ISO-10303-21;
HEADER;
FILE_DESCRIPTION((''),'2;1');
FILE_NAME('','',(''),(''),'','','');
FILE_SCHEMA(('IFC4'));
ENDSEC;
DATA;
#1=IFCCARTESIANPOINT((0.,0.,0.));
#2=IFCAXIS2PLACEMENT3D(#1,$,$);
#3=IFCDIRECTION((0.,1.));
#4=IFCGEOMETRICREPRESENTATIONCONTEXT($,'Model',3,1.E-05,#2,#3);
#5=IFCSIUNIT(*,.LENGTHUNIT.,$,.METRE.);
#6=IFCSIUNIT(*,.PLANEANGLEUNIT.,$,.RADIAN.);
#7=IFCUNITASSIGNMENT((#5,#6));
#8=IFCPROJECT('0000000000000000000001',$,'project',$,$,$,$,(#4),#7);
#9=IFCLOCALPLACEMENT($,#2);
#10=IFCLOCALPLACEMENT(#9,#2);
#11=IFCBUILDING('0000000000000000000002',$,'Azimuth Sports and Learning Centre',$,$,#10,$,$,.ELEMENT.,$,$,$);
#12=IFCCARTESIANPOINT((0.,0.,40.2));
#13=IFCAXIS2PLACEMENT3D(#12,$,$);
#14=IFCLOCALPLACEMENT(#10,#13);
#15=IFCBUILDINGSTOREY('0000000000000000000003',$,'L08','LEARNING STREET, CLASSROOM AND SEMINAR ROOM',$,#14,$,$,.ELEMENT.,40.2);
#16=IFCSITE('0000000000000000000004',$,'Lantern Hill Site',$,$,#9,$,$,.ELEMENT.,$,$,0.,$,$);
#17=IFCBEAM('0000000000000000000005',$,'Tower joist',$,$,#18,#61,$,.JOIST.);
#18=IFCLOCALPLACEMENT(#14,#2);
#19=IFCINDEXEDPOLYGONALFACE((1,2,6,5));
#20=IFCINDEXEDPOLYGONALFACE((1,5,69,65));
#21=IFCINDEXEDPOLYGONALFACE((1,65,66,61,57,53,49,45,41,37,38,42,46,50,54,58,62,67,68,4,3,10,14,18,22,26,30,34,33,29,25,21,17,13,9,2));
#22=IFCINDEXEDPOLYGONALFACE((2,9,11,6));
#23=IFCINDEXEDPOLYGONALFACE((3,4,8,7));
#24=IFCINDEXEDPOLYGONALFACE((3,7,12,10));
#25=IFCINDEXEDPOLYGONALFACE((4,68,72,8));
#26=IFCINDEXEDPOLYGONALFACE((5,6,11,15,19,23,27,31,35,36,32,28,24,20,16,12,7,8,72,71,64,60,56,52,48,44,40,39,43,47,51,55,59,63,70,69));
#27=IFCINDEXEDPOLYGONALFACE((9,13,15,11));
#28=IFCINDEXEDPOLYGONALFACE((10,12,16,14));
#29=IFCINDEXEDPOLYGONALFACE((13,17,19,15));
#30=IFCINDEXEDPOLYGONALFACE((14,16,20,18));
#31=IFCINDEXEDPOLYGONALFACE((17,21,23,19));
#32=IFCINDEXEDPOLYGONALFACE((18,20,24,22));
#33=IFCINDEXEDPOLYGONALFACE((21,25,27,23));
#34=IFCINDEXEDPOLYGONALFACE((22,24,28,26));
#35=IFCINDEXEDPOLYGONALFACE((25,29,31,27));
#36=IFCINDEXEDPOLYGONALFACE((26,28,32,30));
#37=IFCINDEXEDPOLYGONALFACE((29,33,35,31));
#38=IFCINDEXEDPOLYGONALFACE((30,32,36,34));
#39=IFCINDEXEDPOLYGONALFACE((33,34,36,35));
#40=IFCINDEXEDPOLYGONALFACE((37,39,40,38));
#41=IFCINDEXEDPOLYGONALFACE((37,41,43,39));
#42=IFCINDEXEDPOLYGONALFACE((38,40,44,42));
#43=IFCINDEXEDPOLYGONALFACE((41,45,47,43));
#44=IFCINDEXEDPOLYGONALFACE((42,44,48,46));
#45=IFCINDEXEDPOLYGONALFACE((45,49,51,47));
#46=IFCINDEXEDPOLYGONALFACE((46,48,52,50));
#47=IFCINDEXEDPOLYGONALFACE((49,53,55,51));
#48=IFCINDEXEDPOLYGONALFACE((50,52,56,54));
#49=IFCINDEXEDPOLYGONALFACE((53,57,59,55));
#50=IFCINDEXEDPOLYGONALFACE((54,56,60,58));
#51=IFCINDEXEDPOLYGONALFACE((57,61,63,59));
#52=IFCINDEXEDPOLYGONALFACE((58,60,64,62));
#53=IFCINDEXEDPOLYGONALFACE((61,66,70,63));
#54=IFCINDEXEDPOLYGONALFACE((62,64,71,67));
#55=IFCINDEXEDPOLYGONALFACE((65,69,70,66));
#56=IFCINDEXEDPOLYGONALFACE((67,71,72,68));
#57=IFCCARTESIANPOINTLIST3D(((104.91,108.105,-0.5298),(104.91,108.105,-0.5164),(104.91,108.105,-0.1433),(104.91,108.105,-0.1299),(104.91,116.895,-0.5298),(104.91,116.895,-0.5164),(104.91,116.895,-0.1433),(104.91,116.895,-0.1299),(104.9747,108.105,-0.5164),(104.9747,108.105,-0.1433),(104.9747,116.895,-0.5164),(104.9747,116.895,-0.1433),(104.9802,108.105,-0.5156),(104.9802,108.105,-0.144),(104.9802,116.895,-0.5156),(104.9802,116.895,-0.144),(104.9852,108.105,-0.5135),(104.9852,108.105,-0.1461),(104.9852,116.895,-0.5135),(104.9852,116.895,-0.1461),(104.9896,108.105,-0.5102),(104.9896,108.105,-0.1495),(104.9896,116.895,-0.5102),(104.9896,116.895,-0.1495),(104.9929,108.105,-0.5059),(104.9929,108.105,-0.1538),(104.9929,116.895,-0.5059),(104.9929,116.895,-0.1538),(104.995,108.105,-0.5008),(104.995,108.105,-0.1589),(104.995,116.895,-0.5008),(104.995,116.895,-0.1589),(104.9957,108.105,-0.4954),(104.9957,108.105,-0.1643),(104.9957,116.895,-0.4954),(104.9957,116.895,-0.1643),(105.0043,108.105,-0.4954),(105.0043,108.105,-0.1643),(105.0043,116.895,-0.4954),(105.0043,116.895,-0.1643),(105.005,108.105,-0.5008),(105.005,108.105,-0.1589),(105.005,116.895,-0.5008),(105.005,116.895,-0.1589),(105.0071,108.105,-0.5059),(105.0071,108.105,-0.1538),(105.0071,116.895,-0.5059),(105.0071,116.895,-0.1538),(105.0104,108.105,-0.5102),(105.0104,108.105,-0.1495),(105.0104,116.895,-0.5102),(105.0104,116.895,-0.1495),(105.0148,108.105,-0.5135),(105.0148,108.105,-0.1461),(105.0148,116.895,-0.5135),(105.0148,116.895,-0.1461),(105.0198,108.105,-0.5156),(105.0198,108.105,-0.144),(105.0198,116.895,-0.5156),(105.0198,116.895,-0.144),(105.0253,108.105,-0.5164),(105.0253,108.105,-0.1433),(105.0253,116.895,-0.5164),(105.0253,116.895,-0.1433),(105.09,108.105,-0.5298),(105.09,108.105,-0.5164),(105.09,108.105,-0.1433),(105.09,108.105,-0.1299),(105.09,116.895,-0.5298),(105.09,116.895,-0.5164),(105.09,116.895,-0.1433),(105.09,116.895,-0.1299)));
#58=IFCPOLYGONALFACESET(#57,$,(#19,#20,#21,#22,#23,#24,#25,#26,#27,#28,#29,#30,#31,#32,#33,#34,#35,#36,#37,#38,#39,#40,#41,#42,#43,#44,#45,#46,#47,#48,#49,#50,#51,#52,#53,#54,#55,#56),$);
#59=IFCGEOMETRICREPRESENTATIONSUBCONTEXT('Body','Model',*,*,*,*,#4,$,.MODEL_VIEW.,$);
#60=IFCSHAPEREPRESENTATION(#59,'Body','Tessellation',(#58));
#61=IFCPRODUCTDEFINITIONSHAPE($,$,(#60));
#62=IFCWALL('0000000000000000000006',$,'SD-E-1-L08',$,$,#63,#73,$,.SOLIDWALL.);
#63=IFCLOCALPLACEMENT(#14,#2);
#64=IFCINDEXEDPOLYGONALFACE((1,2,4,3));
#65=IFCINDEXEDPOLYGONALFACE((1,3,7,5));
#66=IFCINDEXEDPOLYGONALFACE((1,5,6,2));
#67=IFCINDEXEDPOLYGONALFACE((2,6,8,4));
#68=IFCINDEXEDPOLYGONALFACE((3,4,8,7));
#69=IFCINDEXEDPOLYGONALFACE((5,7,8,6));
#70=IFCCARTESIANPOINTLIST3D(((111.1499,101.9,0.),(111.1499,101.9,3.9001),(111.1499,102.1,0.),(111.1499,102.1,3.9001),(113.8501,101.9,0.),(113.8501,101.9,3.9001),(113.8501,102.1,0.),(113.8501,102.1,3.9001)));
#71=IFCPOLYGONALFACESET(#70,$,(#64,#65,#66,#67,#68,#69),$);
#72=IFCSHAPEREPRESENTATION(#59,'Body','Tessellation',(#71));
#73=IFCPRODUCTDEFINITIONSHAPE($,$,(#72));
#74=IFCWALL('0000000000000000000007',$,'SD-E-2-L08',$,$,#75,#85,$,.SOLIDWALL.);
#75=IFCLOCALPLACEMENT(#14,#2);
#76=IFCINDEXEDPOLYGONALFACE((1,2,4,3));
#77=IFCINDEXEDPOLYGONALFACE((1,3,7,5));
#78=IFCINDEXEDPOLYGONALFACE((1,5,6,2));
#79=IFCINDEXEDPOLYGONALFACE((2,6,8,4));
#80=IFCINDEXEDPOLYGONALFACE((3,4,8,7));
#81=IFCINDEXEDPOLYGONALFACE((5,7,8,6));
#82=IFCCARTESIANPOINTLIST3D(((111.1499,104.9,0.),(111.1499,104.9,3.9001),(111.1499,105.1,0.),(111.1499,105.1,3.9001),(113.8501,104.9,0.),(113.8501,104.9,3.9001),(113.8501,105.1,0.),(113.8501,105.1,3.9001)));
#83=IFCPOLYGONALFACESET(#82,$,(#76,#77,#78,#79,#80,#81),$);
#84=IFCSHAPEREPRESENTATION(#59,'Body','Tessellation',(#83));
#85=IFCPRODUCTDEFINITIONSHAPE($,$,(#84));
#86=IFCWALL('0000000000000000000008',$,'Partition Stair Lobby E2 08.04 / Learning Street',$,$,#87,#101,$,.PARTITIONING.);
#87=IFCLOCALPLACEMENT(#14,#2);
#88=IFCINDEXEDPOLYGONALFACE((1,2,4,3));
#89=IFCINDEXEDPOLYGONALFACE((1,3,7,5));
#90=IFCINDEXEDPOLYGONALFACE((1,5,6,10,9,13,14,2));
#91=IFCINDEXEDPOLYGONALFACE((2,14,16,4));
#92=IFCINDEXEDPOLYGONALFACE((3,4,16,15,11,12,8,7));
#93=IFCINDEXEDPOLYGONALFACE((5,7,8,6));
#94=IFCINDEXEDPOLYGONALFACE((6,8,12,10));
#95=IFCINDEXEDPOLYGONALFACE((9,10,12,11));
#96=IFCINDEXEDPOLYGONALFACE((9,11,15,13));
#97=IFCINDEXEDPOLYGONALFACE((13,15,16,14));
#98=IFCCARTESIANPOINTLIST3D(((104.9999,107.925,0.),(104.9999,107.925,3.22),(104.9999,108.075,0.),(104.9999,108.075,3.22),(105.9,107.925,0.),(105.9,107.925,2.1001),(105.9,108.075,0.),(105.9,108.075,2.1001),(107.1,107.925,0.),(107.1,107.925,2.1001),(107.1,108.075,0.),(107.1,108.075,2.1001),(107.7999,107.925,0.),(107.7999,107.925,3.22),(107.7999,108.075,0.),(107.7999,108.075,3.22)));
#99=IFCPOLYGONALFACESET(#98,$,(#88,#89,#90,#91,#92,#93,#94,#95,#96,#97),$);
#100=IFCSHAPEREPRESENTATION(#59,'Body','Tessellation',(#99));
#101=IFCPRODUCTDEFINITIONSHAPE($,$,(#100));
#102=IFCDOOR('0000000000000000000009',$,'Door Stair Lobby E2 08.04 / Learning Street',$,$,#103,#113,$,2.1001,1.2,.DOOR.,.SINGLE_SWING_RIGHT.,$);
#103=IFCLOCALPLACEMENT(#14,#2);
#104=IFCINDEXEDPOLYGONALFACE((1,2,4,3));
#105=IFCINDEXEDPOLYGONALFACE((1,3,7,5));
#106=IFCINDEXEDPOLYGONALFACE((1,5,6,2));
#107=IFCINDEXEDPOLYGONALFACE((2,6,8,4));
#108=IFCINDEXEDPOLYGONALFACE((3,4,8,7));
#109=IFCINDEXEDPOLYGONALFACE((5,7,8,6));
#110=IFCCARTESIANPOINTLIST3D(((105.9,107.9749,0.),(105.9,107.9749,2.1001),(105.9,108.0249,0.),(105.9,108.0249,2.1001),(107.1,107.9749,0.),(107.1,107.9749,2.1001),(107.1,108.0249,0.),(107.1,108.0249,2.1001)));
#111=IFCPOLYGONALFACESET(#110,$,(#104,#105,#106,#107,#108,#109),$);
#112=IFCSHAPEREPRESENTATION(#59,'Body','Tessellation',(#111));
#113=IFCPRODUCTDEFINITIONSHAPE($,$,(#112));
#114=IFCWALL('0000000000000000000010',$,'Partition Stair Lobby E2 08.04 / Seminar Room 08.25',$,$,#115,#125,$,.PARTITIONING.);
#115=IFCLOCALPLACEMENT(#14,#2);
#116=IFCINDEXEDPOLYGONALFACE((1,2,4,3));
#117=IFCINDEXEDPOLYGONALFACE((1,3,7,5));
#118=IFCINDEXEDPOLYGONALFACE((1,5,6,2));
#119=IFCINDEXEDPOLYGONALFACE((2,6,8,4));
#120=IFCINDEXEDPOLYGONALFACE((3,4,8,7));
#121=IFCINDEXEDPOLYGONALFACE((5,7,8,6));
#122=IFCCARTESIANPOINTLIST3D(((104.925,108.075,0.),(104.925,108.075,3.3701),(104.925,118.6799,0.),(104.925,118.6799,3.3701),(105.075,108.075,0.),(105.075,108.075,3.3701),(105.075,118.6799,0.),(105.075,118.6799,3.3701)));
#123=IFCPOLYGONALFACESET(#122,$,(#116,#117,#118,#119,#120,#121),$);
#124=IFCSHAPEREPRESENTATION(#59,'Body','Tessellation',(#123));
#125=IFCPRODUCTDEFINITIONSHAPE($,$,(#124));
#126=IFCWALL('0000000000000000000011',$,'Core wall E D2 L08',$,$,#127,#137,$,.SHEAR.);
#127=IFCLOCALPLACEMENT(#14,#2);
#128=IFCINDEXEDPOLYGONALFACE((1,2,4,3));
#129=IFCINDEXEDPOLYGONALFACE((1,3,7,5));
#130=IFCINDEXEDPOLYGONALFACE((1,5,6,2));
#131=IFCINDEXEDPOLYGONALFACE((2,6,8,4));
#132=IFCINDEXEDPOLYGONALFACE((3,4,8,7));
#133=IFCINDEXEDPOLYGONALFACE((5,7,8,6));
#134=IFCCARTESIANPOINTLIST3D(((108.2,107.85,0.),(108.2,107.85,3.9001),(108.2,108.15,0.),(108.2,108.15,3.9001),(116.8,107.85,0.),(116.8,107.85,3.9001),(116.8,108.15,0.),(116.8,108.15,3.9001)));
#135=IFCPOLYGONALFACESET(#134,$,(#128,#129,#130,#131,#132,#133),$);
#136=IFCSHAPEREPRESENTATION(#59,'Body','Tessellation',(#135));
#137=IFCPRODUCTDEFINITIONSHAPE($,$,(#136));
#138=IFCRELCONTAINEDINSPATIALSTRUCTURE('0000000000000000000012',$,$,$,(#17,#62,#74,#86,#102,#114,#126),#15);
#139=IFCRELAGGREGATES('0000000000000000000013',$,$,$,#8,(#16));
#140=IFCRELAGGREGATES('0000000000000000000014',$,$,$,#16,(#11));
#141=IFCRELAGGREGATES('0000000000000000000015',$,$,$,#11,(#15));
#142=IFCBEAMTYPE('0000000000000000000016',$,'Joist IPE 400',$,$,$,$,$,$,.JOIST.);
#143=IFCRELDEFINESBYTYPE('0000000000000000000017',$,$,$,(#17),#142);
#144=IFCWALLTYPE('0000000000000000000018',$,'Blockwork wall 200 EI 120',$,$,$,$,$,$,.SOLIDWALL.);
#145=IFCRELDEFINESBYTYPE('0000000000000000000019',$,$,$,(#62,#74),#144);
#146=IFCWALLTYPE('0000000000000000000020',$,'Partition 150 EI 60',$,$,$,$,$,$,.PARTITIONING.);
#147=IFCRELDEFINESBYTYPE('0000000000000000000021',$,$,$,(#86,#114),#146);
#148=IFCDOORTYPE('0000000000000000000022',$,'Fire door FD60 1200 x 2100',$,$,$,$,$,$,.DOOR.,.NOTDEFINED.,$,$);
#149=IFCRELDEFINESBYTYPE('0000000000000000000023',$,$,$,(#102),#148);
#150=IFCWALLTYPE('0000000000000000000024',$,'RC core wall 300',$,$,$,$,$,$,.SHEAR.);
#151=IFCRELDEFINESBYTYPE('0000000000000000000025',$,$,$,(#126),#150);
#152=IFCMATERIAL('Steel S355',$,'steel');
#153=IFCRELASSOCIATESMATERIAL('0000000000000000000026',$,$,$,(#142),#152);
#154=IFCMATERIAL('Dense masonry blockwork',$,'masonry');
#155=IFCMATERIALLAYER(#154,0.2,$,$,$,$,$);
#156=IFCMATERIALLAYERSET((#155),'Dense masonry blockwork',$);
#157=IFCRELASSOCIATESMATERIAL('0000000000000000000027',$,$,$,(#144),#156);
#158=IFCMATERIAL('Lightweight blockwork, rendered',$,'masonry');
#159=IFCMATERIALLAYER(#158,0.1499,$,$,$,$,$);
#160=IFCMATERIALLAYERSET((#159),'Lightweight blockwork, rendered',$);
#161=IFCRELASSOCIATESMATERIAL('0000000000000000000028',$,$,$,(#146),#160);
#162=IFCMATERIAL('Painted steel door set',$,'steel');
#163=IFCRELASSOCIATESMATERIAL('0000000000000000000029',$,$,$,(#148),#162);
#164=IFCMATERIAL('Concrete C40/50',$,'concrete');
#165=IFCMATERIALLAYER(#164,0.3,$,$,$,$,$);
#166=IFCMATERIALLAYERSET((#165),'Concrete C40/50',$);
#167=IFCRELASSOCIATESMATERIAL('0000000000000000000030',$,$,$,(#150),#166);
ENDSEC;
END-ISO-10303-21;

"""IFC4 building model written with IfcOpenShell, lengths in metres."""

from ifc_helpers import new_model, si_unit, direction, frame, frame_2d, origin, origin_2d, place, context, subcontext, project, spatial, rectangle, i_section, extrude, material, layer, layer_set, material_profile, profile_set, type_object, element, fill, save


model = new_model("IFC4")

# Units and contexts
model_context = context("Model", 3, precision=1e-05, world=origin(), true_north=direction((0.0, 1.0)))
body_context = subcontext(model_context, "Body", "Model", "MODEL_VIEW")
ifc_project = project(units=[si_unit("LENGTHUNIT", "METRE"), si_unit("PLANEANGLEUNIT", "RADIAN")], contexts=[model_context])

# Site, building, storey
site_placement = place(None, origin())
site = spatial("IfcSite", under=ifc_project, at=site_placement, Name="Lantern Hill Site", CompositionType="ELEMENT", RefElevation=0.0)
building_placement = place(site_placement, origin())
building = spatial("IfcBuilding", under=site, at=building_placement, Name="Azimuth Sports and Learning Centre", CompositionType="ELEMENT")
storey_placement = place(building_placement, frame((0.0, 0.0, 40.2)))
storey = spatial("IfcBuildingStorey", under=building, at=storey_placement, Name="L08", Description="LEARNING STREET, CLASSROOM AND SEMINAR ROOM", CompositionType="ELEMENT", Elevation=40.2)

# Beam
ifc_material_1 = material(Name="Steel S355", Category="steel")
ifc_material_profile_1 = material_profile(ifc_material_1, i_section(OverallWidth=0.1799, OverallDepth=0.3999, WebThickness=0.0085, FlangeThickness=0.0134, FilletRadius=0.021, at=origin_2d()), Name="IPE 400")
ifc_profile_set_1 = profile_set([ifc_material_profile_1], Name="Steel S355")
beam_type_1 = type_object("IfcBeamType", Name="Joist IPE 400", PredefinedType="JOIST", material=ifc_profile_set_1)
for number, where, z_axis, x_axis, name in (
    (1, (105.0, 108.105, -0.3298), (0.0, 1.0, 0.0), (-1.0, 0.0, 0.0), "Tower joist"),
):
    element("IfcBeam", number, at=place(storey_placement, frame(where, z_axis=z_axis, x_axis=x_axis)), inside=storey, type_object=beam_type_1, Name=name, PredefinedType="JOIST", context=body_context, shape_type="SweptSolid", body=[
        extrude(i_section(OverallWidth=0.1799, OverallDepth=0.3999, WebThickness=0.0085, FlangeThickness=0.0134, FilletRadius=0.021, at=origin_2d()), origin(), (0.0, 0.0, 1.0), 8.79),
    ])

# Walls
ifc_material_2 = material(Name="Dense masonry blockwork", Category="masonry")
ifc_layer_1 = layer(ifc_material_2, 0.2)
ifc_layer_set_1 = layer_set([ifc_layer_1], Name="Dense masonry blockwork")
wall_type_1 = type_object("IfcWallType", Name="Blockwork wall 200 EI 120", PredefinedType="SOLIDWALL", material=ifc_layer_set_1)
for number, where, z_axis, x_axis, name in (
    (2, (111.1499, 102.0, 0.0), (0.0, 0.0, 1.0), (1.0, 0.0, 0.0), "SD-E-1-L08"),
    (3, (111.1499, 105.0, 0.0), (0.0, 0.0, 1.0), (1.0, 0.0, 0.0), "SD-E-2-L08"),
):
    element("IfcWall", number, at=place(storey_placement, frame(where, z_axis=z_axis, x_axis=x_axis)), inside=storey, type_object=wall_type_1, Name=name, PredefinedType="SOLIDWALL", context=body_context, shape_type="SweptSolid", body=[
        extrude(rectangle(XDim=2.7002, YDim=0.2, at=frame_2d((1.3501, 0.0))), origin(), (0.0, 0.0, 1.0), 3.9001),
    ])

# Wall, opening, door
ifc_material_3 = material(Name="Lightweight blockwork, rendered", Category="masonry")
ifc_layer_2 = layer(ifc_material_3, 0.1499)
ifc_layer_set_2 = layer_set([ifc_layer_2], Name="Lightweight blockwork, rendered")
wall_type_2 = type_object("IfcWallType", Name="Partition 150 EI 60", PredefinedType="PARTITIONING", material=ifc_layer_set_2)
wall_1_placement = place(storey_placement, frame((105.0, 108.0, 0.0), z_axis=(0.0, 0.0, 1.0), x_axis=(1.0, 0.0, 0.0)))
wall_1 = element("IfcWall", 4, at=wall_1_placement, inside=storey, type_object=wall_type_2, Name="Partition Stair Lobby E2 08.04 / Learning Street", PredefinedType="PARTITIONING", context=body_context, shape_type="SweptSolid", body=[
    extrude(rectangle(XDim=2.8, YDim=0.1499, at=frame_2d((1.3999, 0.0))), origin(), (0.0, 0.0, 1.0), 3.22),
])
opening_1_placement = place(wall_1_placement, frame((0.8999, 0.0, 0.0)))
opening_1 = element("IfcOpeningElement", 5, at=opening_1_placement, cuts=wall_1, PredefinedType="OPENING", context=body_context, shape_type="SweptSolid", body=[
    extrude(rectangle(XDim=1.2, YDim=2.1001, at=frame_2d((0.6001, 1.05))), frame((0.0, 0.0859, 0.0), z_axis=(0.0, -1.0, 0.0), x_axis=(1.0, 0.0, 0.0)), (0.0, 0.0, 1.0), 0.1719),
])
ifc_material_4 = material(Name="Painted steel door set", Category="steel")
door_type_1 = type_object("IfcDoorType", Name="Fire door FD60 1200 x 2100", OperationType="NOTDEFINED", PredefinedType="DOOR", material=ifc_material_4)
door_1_placement = place(opening_1_placement, origin())
door_1 = element("IfcDoor", 6, at=door_1_placement, inside=storey, type_object=door_type_1, Name="Door Stair Lobby E2 08.04 / Learning Street", OperationType="SINGLE_SWING_RIGHT", OverallHeight=2.1001, OverallWidth=1.2, PredefinedType="DOOR", context=body_context, shape_type="SweptSolid", body=[
    extrude(rectangle(XDim=1.2, YDim=2.1001, at=frame_2d((0.6001, 1.05))), frame((0.0, 0.0249, 0.0), z_axis=(0.0, -1.0, 0.0), x_axis=(1.0, 0.0, 0.0)), (0.0, 0.0, 1.0), 0.05),
])
fill(opening_1, door_1)

# Walls
wall_2_placement = place(storey_placement, frame((105.0, 108.075, 0.0), z_axis=(0.0, 0.0, 1.0), x_axis=(0.0, 1.0, 0.0)))
element("IfcWall", 7, at=wall_2_placement, inside=storey, type_object=wall_type_2, Name="Partition Stair Lobby E2 08.04 / Seminar Room 08.25", PredefinedType="PARTITIONING", context=body_context, shape_type="SweptSolid", body=[
    extrude(rectangle(XDim=10.605, YDim=0.1499, at=frame_2d((5.3025, 0.0))), origin(), (0.0, 0.0, 1.0), 3.3701),
])
ifc_material_5 = material(Name="Concrete C40/50", Category="concrete")
ifc_layer_3 = layer(ifc_material_5, 0.3)
ifc_layer_set_3 = layer_set([ifc_layer_3], Name="Concrete C40/50")
wall_type_3 = type_object("IfcWallType", Name="RC core wall 300", PredefinedType="SHEAR", material=ifc_layer_set_3)
wall_3_placement = place(storey_placement, frame((108.2, 108.0, 0.0), z_axis=(0.0, 0.0, 1.0), x_axis=(1.0, 0.0, 0.0)))
element("IfcWall", 8, at=wall_3_placement, inside=storey, type_object=wall_type_3, Name="Core wall E D2 L08", PredefinedType="SHEAR", context=body_context, shape_type="SweptSolid", body=[
    extrude(rectangle(XDim=8.6001, YDim=0.3, at=frame_2d((4.3, 0.0))), origin(), (0.0, 0.0, 1.0), 3.9001),
])

save(model, "model.ifc")
